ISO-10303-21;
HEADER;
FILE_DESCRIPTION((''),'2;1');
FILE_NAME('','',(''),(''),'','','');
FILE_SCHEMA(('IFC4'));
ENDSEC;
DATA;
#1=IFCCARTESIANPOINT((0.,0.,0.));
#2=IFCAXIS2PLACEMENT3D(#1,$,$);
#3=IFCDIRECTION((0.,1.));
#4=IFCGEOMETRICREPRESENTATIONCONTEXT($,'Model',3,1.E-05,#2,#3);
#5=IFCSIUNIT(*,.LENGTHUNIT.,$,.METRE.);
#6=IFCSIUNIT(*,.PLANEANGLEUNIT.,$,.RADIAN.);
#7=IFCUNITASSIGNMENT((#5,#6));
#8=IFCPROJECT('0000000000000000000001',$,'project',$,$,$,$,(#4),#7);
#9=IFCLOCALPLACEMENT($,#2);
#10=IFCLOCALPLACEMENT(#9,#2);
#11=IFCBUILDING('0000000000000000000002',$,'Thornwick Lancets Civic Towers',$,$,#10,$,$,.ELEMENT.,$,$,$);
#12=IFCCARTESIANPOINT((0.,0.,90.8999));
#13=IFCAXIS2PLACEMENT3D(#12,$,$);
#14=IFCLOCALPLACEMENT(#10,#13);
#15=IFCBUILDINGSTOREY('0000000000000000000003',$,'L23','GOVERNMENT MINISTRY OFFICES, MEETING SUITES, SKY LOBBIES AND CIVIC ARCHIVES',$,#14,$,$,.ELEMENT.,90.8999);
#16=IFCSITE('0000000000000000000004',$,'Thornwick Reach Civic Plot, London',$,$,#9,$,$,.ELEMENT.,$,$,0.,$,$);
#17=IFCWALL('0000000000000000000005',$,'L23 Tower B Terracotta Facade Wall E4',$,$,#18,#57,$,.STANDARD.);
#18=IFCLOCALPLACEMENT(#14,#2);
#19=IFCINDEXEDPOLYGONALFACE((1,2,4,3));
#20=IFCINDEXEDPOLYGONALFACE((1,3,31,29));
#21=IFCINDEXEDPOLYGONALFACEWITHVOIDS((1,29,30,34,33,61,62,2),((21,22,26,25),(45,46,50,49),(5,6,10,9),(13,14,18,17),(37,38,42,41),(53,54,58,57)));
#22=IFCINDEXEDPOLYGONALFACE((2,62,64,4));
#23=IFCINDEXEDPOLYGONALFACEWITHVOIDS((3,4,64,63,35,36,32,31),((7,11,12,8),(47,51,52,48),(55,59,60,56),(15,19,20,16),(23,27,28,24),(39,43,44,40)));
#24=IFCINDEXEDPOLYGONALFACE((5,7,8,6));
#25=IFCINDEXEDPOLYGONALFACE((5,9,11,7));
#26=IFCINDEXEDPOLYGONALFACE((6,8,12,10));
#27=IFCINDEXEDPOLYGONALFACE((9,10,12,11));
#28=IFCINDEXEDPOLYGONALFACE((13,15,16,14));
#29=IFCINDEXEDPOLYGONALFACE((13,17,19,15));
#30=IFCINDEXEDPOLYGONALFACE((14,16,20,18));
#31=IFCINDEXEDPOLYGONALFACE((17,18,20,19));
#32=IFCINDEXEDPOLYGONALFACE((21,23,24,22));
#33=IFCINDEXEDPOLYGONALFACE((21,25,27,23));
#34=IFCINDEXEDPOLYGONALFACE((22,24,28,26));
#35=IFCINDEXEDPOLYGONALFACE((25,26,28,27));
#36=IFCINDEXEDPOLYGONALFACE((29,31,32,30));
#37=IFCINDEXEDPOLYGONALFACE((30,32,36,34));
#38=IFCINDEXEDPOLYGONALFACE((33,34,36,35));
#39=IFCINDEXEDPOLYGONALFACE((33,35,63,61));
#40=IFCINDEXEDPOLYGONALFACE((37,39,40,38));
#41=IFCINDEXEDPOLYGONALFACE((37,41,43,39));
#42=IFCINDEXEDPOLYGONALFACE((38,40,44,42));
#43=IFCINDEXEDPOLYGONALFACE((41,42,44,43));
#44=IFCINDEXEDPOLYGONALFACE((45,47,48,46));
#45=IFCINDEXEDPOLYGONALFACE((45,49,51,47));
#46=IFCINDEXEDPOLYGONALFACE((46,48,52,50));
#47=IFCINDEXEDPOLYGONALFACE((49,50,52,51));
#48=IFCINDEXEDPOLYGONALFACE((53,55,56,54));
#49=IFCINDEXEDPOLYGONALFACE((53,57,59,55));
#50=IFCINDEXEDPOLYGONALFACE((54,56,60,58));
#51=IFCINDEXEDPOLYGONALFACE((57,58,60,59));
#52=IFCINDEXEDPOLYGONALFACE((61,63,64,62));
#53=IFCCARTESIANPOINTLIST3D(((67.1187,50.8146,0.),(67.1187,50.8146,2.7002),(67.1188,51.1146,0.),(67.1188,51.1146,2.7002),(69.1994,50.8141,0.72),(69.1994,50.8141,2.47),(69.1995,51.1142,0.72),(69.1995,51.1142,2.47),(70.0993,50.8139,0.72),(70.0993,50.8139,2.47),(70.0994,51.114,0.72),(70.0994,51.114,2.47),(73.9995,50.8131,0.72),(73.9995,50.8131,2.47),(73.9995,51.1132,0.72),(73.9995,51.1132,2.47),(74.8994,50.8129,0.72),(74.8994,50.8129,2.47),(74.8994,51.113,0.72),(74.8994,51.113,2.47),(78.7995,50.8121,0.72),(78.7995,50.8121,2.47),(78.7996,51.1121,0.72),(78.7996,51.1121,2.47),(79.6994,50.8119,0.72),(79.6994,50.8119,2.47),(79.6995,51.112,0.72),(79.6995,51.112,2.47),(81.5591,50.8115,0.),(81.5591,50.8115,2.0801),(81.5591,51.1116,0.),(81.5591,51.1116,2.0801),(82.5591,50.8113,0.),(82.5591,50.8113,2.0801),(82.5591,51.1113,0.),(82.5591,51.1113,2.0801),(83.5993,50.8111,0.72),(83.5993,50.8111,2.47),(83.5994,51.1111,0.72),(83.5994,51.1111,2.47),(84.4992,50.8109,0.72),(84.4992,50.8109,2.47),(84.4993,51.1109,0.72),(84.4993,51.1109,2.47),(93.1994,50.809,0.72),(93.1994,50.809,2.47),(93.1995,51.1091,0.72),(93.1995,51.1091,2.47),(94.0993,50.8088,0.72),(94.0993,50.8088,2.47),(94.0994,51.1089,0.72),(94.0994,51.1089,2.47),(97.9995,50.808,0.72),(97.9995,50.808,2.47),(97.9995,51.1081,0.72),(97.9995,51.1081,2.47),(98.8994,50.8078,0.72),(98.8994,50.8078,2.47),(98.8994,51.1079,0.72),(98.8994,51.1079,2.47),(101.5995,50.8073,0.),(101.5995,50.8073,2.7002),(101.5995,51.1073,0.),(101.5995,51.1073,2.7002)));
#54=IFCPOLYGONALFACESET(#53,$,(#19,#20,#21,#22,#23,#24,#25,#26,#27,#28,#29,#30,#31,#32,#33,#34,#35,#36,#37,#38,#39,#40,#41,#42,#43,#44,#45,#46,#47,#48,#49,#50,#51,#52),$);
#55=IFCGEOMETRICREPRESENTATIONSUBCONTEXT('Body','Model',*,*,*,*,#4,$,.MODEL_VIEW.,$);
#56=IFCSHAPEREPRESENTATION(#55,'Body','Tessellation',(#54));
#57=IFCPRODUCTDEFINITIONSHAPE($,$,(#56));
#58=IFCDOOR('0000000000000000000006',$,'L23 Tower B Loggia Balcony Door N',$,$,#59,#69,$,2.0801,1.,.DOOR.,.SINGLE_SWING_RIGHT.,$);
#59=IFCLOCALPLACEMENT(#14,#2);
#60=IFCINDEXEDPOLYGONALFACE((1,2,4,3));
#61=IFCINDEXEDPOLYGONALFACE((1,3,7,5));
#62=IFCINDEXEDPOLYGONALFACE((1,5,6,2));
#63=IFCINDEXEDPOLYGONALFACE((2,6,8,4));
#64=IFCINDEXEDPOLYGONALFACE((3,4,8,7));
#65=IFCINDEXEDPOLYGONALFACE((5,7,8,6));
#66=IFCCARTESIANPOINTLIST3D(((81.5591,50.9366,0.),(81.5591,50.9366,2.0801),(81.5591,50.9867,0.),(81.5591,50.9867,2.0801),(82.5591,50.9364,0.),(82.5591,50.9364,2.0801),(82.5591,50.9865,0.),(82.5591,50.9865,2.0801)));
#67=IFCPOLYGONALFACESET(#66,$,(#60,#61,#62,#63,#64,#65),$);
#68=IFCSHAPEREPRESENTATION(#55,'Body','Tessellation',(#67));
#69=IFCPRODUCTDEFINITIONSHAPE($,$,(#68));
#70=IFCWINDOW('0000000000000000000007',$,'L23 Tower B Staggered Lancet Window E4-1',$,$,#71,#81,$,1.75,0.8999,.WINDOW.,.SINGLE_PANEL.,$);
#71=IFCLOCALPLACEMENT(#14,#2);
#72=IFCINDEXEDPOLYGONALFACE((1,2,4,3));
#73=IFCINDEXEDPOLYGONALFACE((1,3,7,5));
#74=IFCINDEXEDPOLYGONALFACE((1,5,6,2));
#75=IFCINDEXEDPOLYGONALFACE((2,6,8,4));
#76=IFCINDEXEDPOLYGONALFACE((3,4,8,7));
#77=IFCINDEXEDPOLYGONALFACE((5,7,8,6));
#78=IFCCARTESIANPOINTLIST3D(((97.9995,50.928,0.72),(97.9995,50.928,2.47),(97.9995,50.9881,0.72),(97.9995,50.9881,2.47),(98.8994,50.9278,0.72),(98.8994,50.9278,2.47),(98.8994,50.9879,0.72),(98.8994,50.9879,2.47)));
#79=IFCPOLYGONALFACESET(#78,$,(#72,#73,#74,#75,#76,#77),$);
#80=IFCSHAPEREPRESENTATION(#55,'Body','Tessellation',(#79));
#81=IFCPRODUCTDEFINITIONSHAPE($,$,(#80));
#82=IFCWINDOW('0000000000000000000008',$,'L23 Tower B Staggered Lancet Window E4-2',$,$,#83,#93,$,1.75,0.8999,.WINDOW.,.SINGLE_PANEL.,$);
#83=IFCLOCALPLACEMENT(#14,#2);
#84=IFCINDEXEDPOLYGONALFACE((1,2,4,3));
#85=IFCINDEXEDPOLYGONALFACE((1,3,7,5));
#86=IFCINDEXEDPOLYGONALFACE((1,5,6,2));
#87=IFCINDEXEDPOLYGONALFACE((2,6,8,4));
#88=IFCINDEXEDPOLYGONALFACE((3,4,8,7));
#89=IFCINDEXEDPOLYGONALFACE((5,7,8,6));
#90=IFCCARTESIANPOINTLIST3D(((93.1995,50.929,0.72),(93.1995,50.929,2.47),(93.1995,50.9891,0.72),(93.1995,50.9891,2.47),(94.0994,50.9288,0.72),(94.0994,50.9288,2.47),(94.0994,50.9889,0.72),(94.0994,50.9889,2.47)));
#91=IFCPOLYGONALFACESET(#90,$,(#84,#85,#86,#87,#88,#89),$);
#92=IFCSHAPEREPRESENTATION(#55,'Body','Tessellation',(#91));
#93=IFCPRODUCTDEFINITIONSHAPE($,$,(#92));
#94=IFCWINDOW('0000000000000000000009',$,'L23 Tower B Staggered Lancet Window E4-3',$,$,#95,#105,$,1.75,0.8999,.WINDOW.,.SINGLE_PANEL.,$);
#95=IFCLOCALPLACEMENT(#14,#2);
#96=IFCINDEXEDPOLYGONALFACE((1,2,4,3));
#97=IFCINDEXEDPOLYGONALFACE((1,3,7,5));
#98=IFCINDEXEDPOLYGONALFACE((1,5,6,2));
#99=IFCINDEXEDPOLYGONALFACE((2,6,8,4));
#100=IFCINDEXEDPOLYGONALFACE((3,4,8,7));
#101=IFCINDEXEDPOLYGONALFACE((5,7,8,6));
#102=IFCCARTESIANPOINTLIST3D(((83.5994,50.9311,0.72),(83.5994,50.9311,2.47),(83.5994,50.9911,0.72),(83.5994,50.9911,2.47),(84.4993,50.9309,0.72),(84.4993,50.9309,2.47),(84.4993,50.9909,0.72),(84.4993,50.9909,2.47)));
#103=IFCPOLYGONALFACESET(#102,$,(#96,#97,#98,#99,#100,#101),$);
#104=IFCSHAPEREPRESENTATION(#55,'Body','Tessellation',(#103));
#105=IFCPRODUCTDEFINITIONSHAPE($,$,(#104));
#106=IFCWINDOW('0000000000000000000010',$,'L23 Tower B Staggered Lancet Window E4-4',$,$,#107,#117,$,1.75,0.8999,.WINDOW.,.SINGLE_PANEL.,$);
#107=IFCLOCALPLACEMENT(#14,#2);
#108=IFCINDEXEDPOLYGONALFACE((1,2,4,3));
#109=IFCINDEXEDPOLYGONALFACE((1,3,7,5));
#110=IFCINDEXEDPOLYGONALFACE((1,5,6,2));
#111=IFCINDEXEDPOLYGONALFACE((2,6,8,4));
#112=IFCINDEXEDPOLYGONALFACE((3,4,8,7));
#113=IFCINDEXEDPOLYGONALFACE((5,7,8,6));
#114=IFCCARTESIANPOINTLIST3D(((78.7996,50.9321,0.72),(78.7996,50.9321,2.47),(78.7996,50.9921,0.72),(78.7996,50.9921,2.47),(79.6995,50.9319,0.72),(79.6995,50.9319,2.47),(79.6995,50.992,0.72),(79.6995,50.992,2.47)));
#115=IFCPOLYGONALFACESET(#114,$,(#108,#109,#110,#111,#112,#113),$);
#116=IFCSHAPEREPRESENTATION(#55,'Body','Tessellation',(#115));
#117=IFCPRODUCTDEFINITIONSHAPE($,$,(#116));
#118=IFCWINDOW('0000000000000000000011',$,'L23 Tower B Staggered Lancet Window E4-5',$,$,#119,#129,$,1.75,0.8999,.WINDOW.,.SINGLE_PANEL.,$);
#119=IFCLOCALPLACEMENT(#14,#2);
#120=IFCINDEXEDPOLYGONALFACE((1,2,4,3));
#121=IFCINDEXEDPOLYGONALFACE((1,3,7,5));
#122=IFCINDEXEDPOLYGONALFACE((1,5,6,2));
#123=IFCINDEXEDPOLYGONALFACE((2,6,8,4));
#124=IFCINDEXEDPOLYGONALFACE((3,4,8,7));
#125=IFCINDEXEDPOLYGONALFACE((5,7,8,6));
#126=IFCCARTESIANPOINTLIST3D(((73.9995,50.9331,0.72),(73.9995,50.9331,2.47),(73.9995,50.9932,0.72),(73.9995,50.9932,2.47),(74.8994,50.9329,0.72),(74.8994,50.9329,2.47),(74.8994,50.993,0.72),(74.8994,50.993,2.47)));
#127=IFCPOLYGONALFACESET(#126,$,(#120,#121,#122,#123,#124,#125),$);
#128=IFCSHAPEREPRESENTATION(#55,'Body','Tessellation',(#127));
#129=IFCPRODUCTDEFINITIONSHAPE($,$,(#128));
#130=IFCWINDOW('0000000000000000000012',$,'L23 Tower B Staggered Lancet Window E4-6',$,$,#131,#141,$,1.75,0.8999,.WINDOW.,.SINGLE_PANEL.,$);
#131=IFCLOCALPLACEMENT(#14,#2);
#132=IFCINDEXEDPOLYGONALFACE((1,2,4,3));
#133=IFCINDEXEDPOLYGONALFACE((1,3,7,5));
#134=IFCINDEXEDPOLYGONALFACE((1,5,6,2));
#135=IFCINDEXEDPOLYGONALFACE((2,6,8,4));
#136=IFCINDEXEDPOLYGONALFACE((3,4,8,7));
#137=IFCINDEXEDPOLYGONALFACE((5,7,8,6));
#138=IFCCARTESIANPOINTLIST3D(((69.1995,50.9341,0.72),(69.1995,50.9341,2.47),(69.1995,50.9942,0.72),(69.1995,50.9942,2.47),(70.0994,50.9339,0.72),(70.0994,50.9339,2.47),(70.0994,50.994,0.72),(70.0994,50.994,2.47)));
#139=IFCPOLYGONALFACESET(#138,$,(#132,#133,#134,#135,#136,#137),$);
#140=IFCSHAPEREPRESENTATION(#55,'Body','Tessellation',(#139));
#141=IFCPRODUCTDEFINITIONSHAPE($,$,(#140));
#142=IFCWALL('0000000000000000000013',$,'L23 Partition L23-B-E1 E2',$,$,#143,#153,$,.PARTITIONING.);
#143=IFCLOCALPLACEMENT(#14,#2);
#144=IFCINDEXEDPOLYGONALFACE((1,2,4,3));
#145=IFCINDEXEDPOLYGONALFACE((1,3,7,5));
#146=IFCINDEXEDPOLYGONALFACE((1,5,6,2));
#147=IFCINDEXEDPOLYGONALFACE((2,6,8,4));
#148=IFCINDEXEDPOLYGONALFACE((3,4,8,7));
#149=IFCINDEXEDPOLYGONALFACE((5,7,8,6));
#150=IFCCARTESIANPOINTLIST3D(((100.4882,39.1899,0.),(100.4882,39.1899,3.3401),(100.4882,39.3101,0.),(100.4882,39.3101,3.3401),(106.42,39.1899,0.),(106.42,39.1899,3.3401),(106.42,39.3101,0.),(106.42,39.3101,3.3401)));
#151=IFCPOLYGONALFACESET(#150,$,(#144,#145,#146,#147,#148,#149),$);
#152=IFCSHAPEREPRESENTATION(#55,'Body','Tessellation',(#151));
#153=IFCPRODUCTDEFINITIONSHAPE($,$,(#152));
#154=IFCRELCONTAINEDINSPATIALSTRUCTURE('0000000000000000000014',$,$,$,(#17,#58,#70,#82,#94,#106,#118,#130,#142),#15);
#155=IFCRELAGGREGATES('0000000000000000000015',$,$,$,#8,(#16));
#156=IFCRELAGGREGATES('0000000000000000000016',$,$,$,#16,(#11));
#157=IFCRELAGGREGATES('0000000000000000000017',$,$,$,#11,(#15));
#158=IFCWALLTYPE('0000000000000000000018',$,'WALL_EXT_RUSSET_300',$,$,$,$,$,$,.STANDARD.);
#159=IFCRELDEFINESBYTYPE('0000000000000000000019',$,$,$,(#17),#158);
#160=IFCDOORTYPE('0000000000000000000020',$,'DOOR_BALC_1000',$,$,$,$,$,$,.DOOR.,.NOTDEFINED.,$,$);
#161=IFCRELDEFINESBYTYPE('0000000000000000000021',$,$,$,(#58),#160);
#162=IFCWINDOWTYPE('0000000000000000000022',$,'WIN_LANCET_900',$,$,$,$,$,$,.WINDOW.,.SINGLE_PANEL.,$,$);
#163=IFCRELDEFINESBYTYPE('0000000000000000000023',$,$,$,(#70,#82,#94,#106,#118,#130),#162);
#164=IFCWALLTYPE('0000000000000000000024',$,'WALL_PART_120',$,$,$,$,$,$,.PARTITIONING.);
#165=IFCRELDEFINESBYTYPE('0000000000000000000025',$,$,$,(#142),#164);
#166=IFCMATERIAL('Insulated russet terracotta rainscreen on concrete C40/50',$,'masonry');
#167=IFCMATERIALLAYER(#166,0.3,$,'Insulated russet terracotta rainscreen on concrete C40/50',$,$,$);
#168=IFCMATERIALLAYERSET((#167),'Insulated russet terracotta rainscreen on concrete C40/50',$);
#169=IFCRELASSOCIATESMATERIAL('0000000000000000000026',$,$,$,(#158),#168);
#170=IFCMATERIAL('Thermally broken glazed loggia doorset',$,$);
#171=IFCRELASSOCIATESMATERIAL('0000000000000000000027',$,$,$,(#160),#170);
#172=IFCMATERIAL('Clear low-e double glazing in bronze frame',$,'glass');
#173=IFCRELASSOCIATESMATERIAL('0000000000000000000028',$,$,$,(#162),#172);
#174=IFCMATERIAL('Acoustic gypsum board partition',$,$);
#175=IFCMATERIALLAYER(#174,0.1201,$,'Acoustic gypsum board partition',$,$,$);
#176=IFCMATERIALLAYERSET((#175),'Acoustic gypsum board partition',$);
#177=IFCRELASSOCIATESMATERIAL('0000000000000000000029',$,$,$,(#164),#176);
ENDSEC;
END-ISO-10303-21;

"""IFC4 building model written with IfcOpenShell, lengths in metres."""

from ifc_helpers import new_model, si_unit, direction, frame, frame_2d, origin, place, context, subcontext, project, spatial, rectangle, extrude, material, layer, layer_set, type_object, element, fill, save


model = new_model("IFC4")

# Units and contexts
model_context = context("Model", 3, precision=1e-05, world=origin(), true_north=direction((0.0, 1.0)))
body_context = subcontext(model_context, "Body", "Model", "MODEL_VIEW")
ifc_project = project(units=[si_unit("LENGTHUNIT", "METRE"), si_unit("PLANEANGLEUNIT", "RADIAN")], contexts=[model_context])

# Site, building, storey
site_placement = place(None, origin())
site = spatial("IfcSite", under=ifc_project, at=site_placement, Name="Thornwick Reach Civic Plot, London", CompositionType="ELEMENT", RefElevation=0.0)
building_placement = place(site_placement, origin())
building = spatial("IfcBuilding", under=site, at=building_placement, Name="Thornwick Lancets Civic Towers", CompositionType="ELEMENT")
storey_placement = place(building_placement, frame((0.0, 0.0, 90.8999)))
storey = spatial("IfcBuildingStorey", under=building, at=storey_placement, Name="L23", Description="GOVERNMENT MINISTRY OFFICES, MEETING SUITES, SKY LOBBIES AND CIVIC ARCHIVES", CompositionType="ELEMENT", Elevation=90.8999)

# Wall, openings, door, windows
ifc_material_1 = material(Name="Insulated russet terracotta rainscreen on concrete C40/50", Category="masonry")
ifc_layer_1 = layer(ifc_material_1, 0.3, Name="Insulated russet terracotta rainscreen on concrete C40/50")
ifc_layer_set_1 = layer_set([ifc_layer_1], Name="Insulated russet terracotta rainscreen on concrete C40/50")
wall_type_1 = type_object("IfcWallType", Name="WALL_EXT_RUSSET_300", PredefinedType="STANDARD", material=ifc_layer_set_1)
wall_1_placement = place(storey_placement, frame((101.5994, 50.9573, 0.0), z_axis=(0.0, 0.0, 1.0), x_axis=(-1.0, 0.000212, 0.0)))
wall_1 = element("IfcWall", 1, at=wall_1_placement, inside=storey, type_object=wall_type_1, Name="L23 Tower B Terracotta Facade Wall E4", PredefinedType="STANDARD", context=body_context, shape_type="SweptSolid", body=[
    extrude(rectangle(XDim=34.4807, YDim=0.3, at=frame_2d((17.2402, 0.0))), origin(), (0.0, 0.0, 1.0), 2.7002),
])
opening_1_placement = place(wall_1_placement, frame((19.0403, 0.0, 0.0)))
opening_1 = element("IfcOpeningElement", 2, at=opening_1_placement, cuts=wall_1, PredefinedType="OPENING", context=body_context, shape_type="SweptSolid", body=[
    extrude(rectangle(XDim=1.0, YDim=2.0801, at=frame_2d((0.5, 1.04))), frame((0.0, 0.1602, 0.0), z_axis=(0.0, -1.0, 0.0), x_axis=(1.0, 0.0, 0.0)), (0.0, 0.0, 1.0), 0.3201),
])
opening_2_placement = place(wall_1_placement, frame((2.7, 0.0, 0.72)))
opening_2 = element("IfcOpeningElement", 3, at=opening_2_placement, cuts=wall_1, PredefinedType="OPENING", context=body_context, shape_type="SweptSolid", body=[
    extrude(rectangle(XDim=0.8999, YDim=1.75, at=frame_2d((0.45, 0.875))), frame((0.0, 0.1602, 0.0), z_axis=(0.0, -1.0, 0.0), x_axis=(1.0, 0.0, 0.0)), (0.0, 0.0, 1.0), 0.3201),
])
opening_3_placement = place(wall_1_placement, frame((7.5, 0.0, 0.72)))
opening_3 = element("IfcOpeningElement", 4, at=opening_3_placement, cuts=wall_1, PredefinedType="OPENING", context=body_context, shape_type="SweptSolid", body=[
    extrude(rectangle(XDim=0.8999, YDim=1.75, at=frame_2d((0.45, 0.875))), frame((0.0, 0.1602, 0.0), z_axis=(0.0, -1.0, 0.0), x_axis=(1.0, 0.0, 0.0)), (0.0, 0.0, 1.0), 0.3201),
])
opening_4_placement = place(wall_1_placement, frame((17.1001, 0.0, 0.72)))
opening_4 = element("IfcOpeningElement", 5, at=opening_4_placement, cuts=wall_1, PredefinedType="OPENING", context=body_context, shape_type="SweptSolid", body=[
    extrude(rectangle(XDim=0.8999, YDim=1.75, at=frame_2d((0.45, 0.875))), frame((0.0, 0.1602, 0.0), z_axis=(0.0, -1.0, 0.0), x_axis=(1.0, 0.0, 0.0)), (0.0, 0.0, 1.0), 0.3201),
])
opening_5_placement = place(wall_1_placement, frame((21.8999, 0.0, 0.72)))
opening_5 = element("IfcOpeningElement", 6, at=opening_5_placement, cuts=wall_1, PredefinedType="OPENING", context=body_context, shape_type="SweptSolid", body=[
    extrude(rectangle(XDim=0.8999, YDim=1.75, at=frame_2d((0.45, 0.875))), frame((0.0, 0.1602, 0.0), z_axis=(0.0, -1.0, 0.0), x_axis=(1.0, 0.0, 0.0)), (0.0, 0.0, 1.0), 0.3201),
])
opening_6_placement = place(wall_1_placement, frame((26.7, 0.0, 0.72)))
opening_6 = element("IfcOpeningElement", 7, at=opening_6_placement, cuts=wall_1, PredefinedType="OPENING", context=body_context, shape_type="SweptSolid", body=[
    extrude(rectangle(XDim=0.8999, YDim=1.75, at=frame_2d((0.45, 0.875))), frame((0.0, 0.1602, 0.0), z_axis=(0.0, -1.0, 0.0), x_axis=(1.0, 0.0, 0.0)), (0.0, 0.0, 1.0), 0.3201),
])
opening_7_placement = place(wall_1_placement, frame((31.5, 0.0, 0.72)))
opening_7 = element("IfcOpeningElement", 8, at=opening_7_placement, cuts=wall_1, PredefinedType="OPENING", context=body_context, shape_type="SweptSolid", body=[
    extrude(rectangle(XDim=0.8999, YDim=1.75, at=frame_2d((0.45, 0.875))), frame((0.0, 0.1602, 0.0), z_axis=(0.0, -1.0, 0.0), x_axis=(1.0, 0.0, 0.0)), (0.0, 0.0, 1.0), 0.3201),
])
ifc_material_2 = material(Name="Thermally broken glazed loggia doorset")
door_type = type_object("IfcDoorType", Name="DOOR_BALC_1000", OperationType="NOTDEFINED", PredefinedType="DOOR", material=ifc_material_2)
door_placement = place(opening_1_placement, origin())
door = element("IfcDoor", 9, at=door_placement, inside=storey, type_object=door_type, Name="L23 Tower B Loggia Balcony Door N", OperationType="SINGLE_SWING_RIGHT", OverallHeight=2.0801, OverallWidth=1.0, PredefinedType="DOOR", context=body_context, shape_type="SweptSolid", body=[
    extrude(rectangle(XDim=1.0, YDim=2.0801, at=frame_2d((0.5, 1.04))), frame((0.0, 0.0249, 0.0), z_axis=(0.0, -1.0, 0.0), x_axis=(1.0, 0.0, 0.0)), (0.0, 0.0, 1.0), 0.05),
])
fill(opening_1, door)
ifc_material_3 = material(Name="Clear low-e double glazing in bronze frame", Category="glass")
window_type = type_object("IfcWindowType", Name="WIN_LANCET_900", PartitioningType="SINGLE_PANEL", PredefinedType="WINDOW", material=ifc_material_3)
window_1_placement = place(opening_2_placement, origin())
window_1 = element("IfcWindow", 10, at=window_1_placement, inside=storey, type_object=window_type, Name="L23 Tower B Staggered Lancet Window E4-1", OverallHeight=1.75, OverallWidth=0.8999, PartitioningType="SINGLE_PANEL", PredefinedType="WINDOW", context=body_context, shape_type="SweptSolid", body=[
    extrude(rectangle(XDim=0.8999, YDim=1.75, at=frame_2d((0.45, 0.875))), frame((0.0, 0.03, 0.0), z_axis=(0.0, -1.0, 0.0), x_axis=(1.0, 0.0, 0.0)), (0.0, 0.0, 1.0), 0.0601),
])
fill(opening_2, window_1)
window_2_placement = place(opening_3_placement, origin())
window_2 = element("IfcWindow", 11, at=window_2_placement, inside=storey, type_object=window_type, Name="L23 Tower B Staggered Lancet Window E4-2", OverallHeight=1.75, OverallWidth=0.8999, PartitioningType="SINGLE_PANEL", PredefinedType="WINDOW", context=body_context, shape_type="SweptSolid", body=[
    extrude(rectangle(XDim=0.8999, YDim=1.75, at=frame_2d((0.45, 0.875))), frame((0.0, 0.03, 0.0), z_axis=(0.0, -1.0, 0.0), x_axis=(1.0, 0.0, 0.0)), (0.0, 0.0, 1.0), 0.0601),
])
fill(opening_3, window_2)
window_3_placement = place(opening_4_placement, origin())
window_3 = element("IfcWindow", 12, at=window_3_placement, inside=storey, type_object=window_type, Name="L23 Tower B Staggered Lancet Window E4-3", OverallHeight=1.75, OverallWidth=0.8999, PartitioningType="SINGLE_PANEL", PredefinedType="WINDOW", context=body_context, shape_type="SweptSolid", body=[
    extrude(rectangle(XDim=0.8999, YDim=1.75, at=frame_2d((0.45, 0.875))), frame((0.0, 0.03, 0.0), z_axis=(0.0, -1.0, 0.0), x_axis=(1.0, 0.0, 0.0)), (0.0, 0.0, 1.0), 0.0601),
])
fill(opening_4, window_3)
window_4_placement = place(opening_5_placement, origin())
window_4 = element("IfcWindow", 13, at=window_4_placement, inside=storey, type_object=window_type, Name="L23 Tower B Staggered Lancet Window E4-4", OverallHeight=1.75, OverallWidth=0.8999, PartitioningType="SINGLE_PANEL", PredefinedType="WINDOW", context=body_context, shape_type="SweptSolid", body=[
    extrude(rectangle(XDim=0.8999, YDim=1.75, at=frame_2d((0.45, 0.875))), frame((0.0, 0.03, 0.0), z_axis=(0.0, -1.0, 0.0), x_axis=(1.0, 0.0, 0.0)), (0.0, 0.0, 1.0), 0.0601),
])
fill(opening_5, window_4)
window_5_placement = place(opening_6_placement, origin())
window_5 = element("IfcWindow", 14, at=window_5_placement, inside=storey, type_object=window_type, Name="L23 Tower B Staggered Lancet Window E4-5", OverallHeight=1.75, OverallWidth=0.8999, PartitioningType="SINGLE_PANEL", PredefinedType="WINDOW", context=body_context, shape_type="SweptSolid", body=[
    extrude(rectangle(XDim=0.8999, YDim=1.75, at=frame_2d((0.45, 0.875))), frame((0.0, 0.03, 0.0), z_axis=(0.0, -1.0, 0.0), x_axis=(1.0, 0.0, 0.0)), (0.0, 0.0, 1.0), 0.0601),
])
fill(opening_6, window_5)
window_6_placement = place(opening_7_placement, origin())
window_6 = element("IfcWindow", 15, at=window_6_placement, inside=storey, type_object=window_type, Name="L23 Tower B Staggered Lancet Window E4-6", OverallHeight=1.75, OverallWidth=0.8999, PartitioningType="SINGLE_PANEL", PredefinedType="WINDOW", context=body_context, shape_type="SweptSolid", body=[
    extrude(rectangle(XDim=0.8999, YDim=1.75, at=frame_2d((0.45, 0.875))), frame((0.0, 0.03, 0.0), z_axis=(0.0, -1.0, 0.0), x_axis=(1.0, 0.0, 0.0)), (0.0, 0.0, 1.0), 0.0601),
])
fill(opening_7, window_6)

# Wall
ifc_material_4 = material(Name="Acoustic gypsum board partition")
ifc_layer_2 = layer(ifc_material_4, 0.1201, Name="Acoustic gypsum board partition")
ifc_layer_set_2 = layer_set([ifc_layer_2], Name="Acoustic gypsum board partition")
wall_type_2 = type_object("IfcWallType", Name="WALL_PART_120", PredefinedType="PARTITIONING", material=ifc_layer_set_2)
wall_2_placement = place(storey_placement, frame((106.4199, 39.25, 0.0), z_axis=(0.0, 0.0, 1.0), x_axis=(-1.0, 0.0, 0.0)))
element("IfcWall", 16, at=wall_2_placement, inside=storey, type_object=wall_type_2, Name="L23 Partition L23-B-E1 E2", PredefinedType="PARTITIONING", context=body_context, shape_type="SweptSolid", body=[
    extrude(rectangle(XDim=5.9319, YDim=0.1201, at=frame_2d((2.9658, 0.0))), origin(), (0.0, 0.0, 1.0), 3.3401),
])

save(model, "model.ifc")
